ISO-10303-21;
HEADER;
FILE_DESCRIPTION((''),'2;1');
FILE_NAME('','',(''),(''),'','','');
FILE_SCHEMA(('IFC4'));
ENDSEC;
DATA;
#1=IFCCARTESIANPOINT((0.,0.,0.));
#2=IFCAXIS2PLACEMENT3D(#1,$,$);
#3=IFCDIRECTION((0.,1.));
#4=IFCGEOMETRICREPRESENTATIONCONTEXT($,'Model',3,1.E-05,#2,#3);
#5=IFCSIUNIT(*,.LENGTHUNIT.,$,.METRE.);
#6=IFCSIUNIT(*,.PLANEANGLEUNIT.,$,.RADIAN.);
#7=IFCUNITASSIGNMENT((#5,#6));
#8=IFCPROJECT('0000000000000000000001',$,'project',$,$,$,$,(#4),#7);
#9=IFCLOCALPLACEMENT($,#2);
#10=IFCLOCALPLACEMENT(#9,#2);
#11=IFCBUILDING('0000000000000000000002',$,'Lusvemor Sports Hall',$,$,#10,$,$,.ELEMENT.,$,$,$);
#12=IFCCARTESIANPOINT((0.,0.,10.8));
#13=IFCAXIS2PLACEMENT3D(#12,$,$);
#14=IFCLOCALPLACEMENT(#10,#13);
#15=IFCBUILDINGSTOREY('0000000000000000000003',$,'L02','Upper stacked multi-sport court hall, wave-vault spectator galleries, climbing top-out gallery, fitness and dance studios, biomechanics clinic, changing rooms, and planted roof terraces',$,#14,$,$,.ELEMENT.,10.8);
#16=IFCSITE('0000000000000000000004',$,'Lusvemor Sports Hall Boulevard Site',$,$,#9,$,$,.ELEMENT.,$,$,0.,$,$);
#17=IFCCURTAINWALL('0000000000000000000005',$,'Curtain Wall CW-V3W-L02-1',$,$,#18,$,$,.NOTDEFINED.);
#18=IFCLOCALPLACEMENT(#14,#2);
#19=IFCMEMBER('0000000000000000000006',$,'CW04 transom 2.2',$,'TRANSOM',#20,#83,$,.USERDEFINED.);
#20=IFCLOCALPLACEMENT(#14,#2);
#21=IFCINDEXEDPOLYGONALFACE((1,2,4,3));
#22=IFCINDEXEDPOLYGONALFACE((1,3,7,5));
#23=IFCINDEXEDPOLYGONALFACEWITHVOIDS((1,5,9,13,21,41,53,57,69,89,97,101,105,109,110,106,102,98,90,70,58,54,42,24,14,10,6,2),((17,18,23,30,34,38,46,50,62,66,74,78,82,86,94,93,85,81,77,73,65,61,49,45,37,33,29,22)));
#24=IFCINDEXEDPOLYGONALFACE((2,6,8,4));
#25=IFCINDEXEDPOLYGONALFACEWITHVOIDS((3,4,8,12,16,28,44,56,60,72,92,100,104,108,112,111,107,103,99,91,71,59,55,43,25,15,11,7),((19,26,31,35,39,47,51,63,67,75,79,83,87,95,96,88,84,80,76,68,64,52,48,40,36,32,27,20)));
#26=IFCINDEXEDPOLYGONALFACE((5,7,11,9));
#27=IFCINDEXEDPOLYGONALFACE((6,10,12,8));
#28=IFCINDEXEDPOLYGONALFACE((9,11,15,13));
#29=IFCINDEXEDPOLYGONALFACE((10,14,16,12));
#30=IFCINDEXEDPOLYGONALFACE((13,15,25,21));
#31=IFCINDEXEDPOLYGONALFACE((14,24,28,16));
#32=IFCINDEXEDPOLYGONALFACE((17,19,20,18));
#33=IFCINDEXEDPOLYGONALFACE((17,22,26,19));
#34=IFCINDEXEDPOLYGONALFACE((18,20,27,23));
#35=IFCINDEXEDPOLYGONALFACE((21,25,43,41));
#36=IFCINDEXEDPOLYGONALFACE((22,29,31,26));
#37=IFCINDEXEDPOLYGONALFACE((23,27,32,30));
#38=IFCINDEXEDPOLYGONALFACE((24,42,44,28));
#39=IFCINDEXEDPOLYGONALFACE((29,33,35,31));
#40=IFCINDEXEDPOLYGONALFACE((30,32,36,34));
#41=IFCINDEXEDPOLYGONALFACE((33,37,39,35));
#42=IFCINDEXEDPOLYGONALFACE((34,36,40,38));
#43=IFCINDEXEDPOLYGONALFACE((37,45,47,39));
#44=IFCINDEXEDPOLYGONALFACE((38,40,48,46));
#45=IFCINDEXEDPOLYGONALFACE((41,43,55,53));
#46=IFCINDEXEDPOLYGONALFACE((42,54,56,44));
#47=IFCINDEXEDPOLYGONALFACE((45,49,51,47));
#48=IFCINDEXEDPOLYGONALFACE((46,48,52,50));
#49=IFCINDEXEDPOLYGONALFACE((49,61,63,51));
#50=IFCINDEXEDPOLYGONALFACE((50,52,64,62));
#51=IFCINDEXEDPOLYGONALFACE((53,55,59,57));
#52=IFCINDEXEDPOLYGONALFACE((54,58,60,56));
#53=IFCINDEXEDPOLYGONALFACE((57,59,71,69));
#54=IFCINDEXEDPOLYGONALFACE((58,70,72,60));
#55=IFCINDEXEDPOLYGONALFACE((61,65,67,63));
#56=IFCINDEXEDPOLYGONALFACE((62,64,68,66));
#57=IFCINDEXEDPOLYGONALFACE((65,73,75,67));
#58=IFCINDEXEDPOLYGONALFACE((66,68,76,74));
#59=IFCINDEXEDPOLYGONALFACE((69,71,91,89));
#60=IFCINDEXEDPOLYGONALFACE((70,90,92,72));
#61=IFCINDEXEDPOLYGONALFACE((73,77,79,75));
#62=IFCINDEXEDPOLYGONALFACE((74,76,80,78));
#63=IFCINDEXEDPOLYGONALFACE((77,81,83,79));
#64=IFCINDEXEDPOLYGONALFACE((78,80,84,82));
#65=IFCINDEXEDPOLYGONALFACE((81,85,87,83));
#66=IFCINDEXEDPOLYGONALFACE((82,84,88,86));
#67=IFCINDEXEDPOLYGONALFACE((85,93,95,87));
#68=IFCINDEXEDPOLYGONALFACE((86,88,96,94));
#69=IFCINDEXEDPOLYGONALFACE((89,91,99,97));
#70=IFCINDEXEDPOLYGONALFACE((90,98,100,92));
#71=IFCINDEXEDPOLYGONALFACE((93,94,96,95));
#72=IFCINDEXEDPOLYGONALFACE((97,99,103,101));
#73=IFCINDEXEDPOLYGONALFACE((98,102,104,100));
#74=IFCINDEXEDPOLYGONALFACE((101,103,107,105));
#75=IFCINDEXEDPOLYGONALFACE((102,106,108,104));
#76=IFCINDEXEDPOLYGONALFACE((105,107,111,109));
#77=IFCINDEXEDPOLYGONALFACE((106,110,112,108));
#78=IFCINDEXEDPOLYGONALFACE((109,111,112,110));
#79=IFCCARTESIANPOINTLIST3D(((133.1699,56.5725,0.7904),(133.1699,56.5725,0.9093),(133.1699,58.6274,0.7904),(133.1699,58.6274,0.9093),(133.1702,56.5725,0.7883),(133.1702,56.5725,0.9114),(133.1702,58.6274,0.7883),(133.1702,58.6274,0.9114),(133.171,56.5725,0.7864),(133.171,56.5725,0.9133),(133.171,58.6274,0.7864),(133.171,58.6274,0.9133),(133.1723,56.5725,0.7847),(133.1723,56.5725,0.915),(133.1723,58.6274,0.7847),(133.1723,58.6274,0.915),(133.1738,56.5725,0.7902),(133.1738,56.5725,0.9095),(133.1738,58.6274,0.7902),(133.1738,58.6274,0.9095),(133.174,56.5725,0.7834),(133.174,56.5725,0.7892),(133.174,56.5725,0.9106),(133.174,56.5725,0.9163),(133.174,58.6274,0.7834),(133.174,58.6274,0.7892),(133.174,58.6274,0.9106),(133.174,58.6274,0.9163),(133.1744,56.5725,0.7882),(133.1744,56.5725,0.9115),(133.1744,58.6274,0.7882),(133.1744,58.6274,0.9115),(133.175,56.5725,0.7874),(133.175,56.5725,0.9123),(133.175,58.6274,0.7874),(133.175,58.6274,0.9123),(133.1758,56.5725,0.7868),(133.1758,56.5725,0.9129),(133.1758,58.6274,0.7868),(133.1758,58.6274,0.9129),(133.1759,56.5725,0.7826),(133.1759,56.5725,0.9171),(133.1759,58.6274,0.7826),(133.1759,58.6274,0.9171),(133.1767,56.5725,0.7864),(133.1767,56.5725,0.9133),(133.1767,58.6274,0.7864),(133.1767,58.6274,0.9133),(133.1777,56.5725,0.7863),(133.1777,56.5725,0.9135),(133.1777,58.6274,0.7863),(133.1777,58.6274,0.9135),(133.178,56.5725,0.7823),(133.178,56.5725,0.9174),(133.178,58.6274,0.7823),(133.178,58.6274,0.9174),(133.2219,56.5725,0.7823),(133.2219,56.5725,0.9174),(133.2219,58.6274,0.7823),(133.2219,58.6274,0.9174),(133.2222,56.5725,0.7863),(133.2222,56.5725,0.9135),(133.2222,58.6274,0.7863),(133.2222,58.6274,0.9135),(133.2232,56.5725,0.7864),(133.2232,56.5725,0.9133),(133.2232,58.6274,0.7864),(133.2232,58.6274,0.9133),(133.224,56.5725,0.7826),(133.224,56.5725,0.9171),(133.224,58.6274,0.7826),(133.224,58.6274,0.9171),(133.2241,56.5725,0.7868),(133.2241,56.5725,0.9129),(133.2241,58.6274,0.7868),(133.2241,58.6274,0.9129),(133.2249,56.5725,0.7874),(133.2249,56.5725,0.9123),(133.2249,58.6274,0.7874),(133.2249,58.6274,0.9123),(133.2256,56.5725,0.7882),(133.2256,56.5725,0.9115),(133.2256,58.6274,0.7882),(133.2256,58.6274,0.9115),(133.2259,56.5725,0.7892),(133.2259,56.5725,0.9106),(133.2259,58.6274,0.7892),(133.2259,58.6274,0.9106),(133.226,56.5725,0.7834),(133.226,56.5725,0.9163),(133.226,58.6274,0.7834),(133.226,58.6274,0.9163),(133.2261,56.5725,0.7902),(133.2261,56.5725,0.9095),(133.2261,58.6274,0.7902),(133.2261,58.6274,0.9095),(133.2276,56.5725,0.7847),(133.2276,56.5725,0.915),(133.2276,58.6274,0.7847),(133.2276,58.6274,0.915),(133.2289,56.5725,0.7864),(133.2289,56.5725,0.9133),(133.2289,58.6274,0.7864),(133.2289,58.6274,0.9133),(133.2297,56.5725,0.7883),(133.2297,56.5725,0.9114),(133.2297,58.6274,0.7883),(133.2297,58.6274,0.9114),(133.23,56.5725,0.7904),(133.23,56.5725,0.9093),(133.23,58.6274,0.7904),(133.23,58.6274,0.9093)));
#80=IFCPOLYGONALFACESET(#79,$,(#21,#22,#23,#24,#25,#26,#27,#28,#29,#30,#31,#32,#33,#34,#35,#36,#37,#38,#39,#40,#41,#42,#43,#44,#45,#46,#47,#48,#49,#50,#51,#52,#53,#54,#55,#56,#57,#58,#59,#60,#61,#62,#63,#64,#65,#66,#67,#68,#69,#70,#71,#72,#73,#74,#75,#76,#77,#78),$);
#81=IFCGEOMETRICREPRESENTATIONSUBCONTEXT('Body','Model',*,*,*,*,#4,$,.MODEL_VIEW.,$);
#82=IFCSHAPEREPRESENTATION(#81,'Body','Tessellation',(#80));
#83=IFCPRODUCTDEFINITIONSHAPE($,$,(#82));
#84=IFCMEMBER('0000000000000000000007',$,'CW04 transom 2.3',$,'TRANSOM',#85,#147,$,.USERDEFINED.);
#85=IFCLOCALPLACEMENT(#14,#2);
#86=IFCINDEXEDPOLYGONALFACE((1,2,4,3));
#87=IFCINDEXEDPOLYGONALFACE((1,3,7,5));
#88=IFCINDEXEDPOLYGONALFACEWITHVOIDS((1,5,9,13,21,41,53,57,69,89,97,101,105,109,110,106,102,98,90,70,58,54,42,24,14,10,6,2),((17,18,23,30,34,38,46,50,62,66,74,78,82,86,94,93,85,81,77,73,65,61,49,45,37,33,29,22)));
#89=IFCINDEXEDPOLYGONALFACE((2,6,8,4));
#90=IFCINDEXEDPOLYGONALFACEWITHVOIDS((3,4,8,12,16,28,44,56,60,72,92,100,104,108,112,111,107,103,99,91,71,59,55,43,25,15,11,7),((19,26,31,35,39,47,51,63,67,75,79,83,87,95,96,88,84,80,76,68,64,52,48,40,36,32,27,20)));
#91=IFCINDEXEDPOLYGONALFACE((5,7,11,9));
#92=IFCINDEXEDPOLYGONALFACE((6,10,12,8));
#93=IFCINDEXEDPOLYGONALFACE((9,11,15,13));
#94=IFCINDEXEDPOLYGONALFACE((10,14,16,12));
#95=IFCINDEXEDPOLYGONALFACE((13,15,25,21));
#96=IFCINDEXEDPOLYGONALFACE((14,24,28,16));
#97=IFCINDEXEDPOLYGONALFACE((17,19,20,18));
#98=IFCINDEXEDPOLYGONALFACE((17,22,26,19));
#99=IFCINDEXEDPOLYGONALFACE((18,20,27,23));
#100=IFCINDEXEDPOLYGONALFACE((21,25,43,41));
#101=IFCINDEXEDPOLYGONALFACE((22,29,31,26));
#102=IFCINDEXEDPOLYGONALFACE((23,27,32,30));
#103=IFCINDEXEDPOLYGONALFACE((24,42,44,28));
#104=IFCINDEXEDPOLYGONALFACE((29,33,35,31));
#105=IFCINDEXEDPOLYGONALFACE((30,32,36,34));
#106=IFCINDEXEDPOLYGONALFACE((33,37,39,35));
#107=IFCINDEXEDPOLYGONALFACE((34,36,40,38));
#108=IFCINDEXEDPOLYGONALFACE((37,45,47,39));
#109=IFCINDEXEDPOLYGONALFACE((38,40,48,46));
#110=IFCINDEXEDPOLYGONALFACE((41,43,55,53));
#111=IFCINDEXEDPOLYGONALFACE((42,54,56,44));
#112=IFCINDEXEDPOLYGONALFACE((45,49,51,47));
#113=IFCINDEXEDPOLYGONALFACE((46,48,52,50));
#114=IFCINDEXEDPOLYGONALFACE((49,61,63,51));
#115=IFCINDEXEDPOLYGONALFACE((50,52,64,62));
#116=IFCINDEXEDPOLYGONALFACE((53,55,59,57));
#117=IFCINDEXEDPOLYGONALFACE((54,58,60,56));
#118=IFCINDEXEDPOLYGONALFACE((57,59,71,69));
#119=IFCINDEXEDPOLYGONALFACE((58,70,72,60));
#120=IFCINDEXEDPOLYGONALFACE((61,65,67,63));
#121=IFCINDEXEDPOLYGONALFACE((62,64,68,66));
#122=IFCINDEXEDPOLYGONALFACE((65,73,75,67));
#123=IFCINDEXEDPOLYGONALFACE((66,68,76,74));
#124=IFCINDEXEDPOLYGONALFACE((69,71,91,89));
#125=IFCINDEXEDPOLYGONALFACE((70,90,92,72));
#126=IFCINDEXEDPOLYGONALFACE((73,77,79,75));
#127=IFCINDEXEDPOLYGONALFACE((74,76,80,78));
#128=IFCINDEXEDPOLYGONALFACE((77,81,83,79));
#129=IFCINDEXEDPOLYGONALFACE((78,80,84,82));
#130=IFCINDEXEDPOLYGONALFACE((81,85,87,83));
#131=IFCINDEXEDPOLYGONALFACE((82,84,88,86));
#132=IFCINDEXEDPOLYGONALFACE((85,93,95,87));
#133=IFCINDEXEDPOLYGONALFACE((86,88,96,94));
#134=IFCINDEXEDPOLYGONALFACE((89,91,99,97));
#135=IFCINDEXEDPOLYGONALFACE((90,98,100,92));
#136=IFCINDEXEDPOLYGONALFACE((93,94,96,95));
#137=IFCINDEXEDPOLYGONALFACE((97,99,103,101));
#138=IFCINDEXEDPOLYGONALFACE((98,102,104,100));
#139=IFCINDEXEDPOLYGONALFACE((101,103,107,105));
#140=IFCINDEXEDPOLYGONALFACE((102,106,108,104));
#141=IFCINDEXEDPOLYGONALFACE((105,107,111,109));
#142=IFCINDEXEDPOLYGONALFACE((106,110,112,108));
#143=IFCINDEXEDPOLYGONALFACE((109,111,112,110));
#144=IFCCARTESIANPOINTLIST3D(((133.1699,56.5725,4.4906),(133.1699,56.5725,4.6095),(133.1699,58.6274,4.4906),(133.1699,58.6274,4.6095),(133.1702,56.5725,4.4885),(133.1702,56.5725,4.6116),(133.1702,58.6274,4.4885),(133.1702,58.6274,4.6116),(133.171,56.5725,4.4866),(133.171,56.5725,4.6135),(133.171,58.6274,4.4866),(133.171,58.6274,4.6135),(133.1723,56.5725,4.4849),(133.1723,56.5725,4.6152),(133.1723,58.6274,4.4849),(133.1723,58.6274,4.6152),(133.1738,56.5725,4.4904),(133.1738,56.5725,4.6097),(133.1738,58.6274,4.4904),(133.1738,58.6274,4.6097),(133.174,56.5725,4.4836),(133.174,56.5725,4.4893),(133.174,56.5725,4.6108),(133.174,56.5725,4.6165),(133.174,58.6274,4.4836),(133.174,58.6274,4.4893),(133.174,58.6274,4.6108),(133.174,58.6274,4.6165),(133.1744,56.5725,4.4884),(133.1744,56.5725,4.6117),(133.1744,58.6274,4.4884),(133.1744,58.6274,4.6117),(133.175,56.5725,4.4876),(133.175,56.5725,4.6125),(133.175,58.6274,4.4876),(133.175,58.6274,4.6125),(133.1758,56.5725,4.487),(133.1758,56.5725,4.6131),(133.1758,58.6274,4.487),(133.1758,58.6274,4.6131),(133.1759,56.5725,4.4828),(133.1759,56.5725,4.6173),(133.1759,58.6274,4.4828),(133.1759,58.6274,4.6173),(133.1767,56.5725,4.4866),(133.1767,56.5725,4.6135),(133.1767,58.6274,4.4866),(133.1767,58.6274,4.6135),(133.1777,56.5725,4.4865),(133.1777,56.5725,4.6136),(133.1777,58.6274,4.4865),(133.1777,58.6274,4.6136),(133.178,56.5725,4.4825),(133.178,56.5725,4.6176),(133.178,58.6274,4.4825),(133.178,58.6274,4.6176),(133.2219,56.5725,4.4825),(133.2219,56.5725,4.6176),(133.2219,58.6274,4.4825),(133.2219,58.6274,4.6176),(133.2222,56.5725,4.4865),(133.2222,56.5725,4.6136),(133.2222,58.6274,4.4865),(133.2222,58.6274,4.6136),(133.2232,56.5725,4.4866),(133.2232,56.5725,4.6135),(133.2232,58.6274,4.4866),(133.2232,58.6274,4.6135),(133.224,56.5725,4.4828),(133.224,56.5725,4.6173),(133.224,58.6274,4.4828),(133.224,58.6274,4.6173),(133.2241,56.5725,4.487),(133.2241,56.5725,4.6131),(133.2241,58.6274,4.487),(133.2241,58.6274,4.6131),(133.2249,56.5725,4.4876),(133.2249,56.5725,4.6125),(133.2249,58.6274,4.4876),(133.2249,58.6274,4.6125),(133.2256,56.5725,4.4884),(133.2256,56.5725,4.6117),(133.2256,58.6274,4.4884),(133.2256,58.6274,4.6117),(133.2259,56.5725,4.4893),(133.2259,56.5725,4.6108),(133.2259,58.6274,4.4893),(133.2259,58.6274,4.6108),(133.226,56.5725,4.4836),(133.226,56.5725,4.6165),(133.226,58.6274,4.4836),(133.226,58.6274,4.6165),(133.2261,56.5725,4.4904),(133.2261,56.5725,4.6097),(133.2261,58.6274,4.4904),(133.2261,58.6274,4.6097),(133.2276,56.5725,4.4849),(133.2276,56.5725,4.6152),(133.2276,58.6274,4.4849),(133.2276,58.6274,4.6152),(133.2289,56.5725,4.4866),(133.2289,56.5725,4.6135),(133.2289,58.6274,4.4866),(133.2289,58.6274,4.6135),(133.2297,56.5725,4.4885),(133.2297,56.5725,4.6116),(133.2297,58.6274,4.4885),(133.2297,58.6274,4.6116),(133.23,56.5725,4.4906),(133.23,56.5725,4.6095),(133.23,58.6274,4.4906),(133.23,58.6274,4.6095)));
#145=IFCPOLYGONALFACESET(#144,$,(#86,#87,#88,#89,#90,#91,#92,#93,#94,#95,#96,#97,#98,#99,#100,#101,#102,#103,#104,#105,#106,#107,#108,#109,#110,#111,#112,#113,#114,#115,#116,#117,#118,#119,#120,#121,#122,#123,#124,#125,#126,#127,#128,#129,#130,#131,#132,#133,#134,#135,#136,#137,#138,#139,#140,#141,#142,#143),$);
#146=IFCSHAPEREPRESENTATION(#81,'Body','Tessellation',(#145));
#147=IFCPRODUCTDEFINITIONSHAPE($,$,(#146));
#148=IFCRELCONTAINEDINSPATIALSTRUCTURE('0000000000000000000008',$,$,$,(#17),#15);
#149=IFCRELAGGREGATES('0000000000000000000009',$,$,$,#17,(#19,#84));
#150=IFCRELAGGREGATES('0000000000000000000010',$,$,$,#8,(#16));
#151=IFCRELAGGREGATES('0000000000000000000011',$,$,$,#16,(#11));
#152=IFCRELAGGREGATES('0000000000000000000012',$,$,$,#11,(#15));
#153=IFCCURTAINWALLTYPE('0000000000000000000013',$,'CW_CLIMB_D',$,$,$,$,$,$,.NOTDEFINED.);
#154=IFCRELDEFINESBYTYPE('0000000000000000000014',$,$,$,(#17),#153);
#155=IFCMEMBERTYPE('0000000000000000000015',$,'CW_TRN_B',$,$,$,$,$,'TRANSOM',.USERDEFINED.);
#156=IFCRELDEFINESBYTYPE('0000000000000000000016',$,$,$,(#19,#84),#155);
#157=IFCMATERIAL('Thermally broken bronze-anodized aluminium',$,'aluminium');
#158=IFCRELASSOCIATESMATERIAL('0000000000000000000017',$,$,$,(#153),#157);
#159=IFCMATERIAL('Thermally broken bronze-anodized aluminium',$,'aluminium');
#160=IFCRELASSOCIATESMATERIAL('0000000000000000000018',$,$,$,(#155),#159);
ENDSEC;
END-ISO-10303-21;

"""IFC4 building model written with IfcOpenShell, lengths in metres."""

from ifc_helpers import new_model, si_unit, direction, frame, origin, origin_2d, place, context, subcontext, project, spatial, hollow_rectangle, extrude, material, material_profile, profile_set, type_object, element, aggregate, save


model = new_model("IFC4")

# Units and contexts
model_context = context("Model", 3, precision=1e-05, world=origin(), true_north=direction((0.0, 1.0)))
body_context = subcontext(model_context, "Body", "Model", "MODEL_VIEW")
ifc_project = project(units=[si_unit("LENGTHUNIT", "METRE"), si_unit("PLANEANGLEUNIT", "RADIAN")], contexts=[model_context])

# Site, building, storey
site_placement = place(None, origin())
site = spatial("IfcSite", under=ifc_project, at=site_placement, Name="Lusvemor Sports Hall Boulevard Site", CompositionType="ELEMENT", RefElevation=0.0)
building_placement = place(site_placement, origin())
building = spatial("IfcBuilding", under=site, at=building_placement, Name="Lusvemor Sports Hall", CompositionType="ELEMENT")
storey_placement = place(building_placement, frame((0.0, 0.0, 10.8)))
storey = spatial("IfcBuildingStorey", under=building, at=storey_placement, Name="L02", Description="Upper stacked multi-sport court hall, wave-vault spectator galleries, climbing top-out gallery, fitness and dance studios, biomechanics clinic, changing rooms, and planted roof terraces", CompositionType="ELEMENT", Elevation=10.8)

# Curtain wall, members
ifc_material_1 = material(Name="Thermally broken bronze-anodized aluminium", Category="aluminium")
curtain_wall_type = type_object("IfcCurtainWallType", Name="CW_CLIMB_D", PredefinedType="NOTDEFINED", material=ifc_material_1)
curtain_wall_placement = place(storey_placement, origin())
curtain_wall = element("IfcCurtainWall", 1, at=curtain_wall_placement, inside=storey, type_object=curtain_wall_type, Name="Curtain Wall CW-V3W-L02-1", PredefinedType="NOTDEFINED")
ifc_material_2 = material(Name="Thermally broken bronze-anodized aluminium", Category="aluminium")
ifc_material_profile_1 = material_profile(ifc_material_2, hollow_rectangle(XDim=0.0601, YDim=0.135, WallThickness=0.0039, InnerFilletRadius=0.0039, OuterFilletRadius=0.0081, at=origin_2d()), Name="CWTRN135x60x4")
ifc_profile_set_1 = profile_set([ifc_material_profile_1], Name="Thermally broken bronze-anodized aluminium")
member_type_1 = type_object("IfcMemberType", Name="CW_TRN_B", ElementType="TRANSOM", PredefinedType="USERDEFINED", material=ifc_profile_set_1)
member_1_placement = place(storey_placement, frame((133.2, 56.5725, 0.8499), z_axis=(0.0, 1.0, 0.0), x_axis=(-1.0, 0.0, 0.0)))
member_1 = element("IfcMember", 2, at=member_1_placement, type_object=member_type_1, Name="CW04 transom 2.2", ObjectType="TRANSOM", PredefinedType="USERDEFINED", context=body_context, shape_type="SweptSolid", body=[
    extrude(hollow_rectangle(XDim=0.0601, YDim=0.135, WallThickness=0.0039, InnerFilletRadius=0.0039, OuterFilletRadius=0.0081, at=origin_2d()), origin(), (0.0, 0.0, 1.0), 2.0549),
])
member_2_placement = place(storey_placement, frame((133.2, 56.5725, 4.55), z_axis=(0.0, 1.0, 0.0), x_axis=(-1.0, 0.0, 0.0)))
member_2 = element("IfcMember", 3, at=member_2_placement, type_object=member_type_1, Name="CW04 transom 2.3", ObjectType="TRANSOM", PredefinedType="USERDEFINED", context=body_context, shape_type="SweptSolid", body=[
    extrude(hollow_rectangle(XDim=0.0601, YDim=0.135, WallThickness=0.0039, InnerFilletRadius=0.0039, OuterFilletRadius=0.0081, at=origin_2d()), origin(), (0.0, 0.0, 1.0), 2.0549),
])
aggregate(curtain_wall, [member_1, member_2])

save(model, "model.ifc")
